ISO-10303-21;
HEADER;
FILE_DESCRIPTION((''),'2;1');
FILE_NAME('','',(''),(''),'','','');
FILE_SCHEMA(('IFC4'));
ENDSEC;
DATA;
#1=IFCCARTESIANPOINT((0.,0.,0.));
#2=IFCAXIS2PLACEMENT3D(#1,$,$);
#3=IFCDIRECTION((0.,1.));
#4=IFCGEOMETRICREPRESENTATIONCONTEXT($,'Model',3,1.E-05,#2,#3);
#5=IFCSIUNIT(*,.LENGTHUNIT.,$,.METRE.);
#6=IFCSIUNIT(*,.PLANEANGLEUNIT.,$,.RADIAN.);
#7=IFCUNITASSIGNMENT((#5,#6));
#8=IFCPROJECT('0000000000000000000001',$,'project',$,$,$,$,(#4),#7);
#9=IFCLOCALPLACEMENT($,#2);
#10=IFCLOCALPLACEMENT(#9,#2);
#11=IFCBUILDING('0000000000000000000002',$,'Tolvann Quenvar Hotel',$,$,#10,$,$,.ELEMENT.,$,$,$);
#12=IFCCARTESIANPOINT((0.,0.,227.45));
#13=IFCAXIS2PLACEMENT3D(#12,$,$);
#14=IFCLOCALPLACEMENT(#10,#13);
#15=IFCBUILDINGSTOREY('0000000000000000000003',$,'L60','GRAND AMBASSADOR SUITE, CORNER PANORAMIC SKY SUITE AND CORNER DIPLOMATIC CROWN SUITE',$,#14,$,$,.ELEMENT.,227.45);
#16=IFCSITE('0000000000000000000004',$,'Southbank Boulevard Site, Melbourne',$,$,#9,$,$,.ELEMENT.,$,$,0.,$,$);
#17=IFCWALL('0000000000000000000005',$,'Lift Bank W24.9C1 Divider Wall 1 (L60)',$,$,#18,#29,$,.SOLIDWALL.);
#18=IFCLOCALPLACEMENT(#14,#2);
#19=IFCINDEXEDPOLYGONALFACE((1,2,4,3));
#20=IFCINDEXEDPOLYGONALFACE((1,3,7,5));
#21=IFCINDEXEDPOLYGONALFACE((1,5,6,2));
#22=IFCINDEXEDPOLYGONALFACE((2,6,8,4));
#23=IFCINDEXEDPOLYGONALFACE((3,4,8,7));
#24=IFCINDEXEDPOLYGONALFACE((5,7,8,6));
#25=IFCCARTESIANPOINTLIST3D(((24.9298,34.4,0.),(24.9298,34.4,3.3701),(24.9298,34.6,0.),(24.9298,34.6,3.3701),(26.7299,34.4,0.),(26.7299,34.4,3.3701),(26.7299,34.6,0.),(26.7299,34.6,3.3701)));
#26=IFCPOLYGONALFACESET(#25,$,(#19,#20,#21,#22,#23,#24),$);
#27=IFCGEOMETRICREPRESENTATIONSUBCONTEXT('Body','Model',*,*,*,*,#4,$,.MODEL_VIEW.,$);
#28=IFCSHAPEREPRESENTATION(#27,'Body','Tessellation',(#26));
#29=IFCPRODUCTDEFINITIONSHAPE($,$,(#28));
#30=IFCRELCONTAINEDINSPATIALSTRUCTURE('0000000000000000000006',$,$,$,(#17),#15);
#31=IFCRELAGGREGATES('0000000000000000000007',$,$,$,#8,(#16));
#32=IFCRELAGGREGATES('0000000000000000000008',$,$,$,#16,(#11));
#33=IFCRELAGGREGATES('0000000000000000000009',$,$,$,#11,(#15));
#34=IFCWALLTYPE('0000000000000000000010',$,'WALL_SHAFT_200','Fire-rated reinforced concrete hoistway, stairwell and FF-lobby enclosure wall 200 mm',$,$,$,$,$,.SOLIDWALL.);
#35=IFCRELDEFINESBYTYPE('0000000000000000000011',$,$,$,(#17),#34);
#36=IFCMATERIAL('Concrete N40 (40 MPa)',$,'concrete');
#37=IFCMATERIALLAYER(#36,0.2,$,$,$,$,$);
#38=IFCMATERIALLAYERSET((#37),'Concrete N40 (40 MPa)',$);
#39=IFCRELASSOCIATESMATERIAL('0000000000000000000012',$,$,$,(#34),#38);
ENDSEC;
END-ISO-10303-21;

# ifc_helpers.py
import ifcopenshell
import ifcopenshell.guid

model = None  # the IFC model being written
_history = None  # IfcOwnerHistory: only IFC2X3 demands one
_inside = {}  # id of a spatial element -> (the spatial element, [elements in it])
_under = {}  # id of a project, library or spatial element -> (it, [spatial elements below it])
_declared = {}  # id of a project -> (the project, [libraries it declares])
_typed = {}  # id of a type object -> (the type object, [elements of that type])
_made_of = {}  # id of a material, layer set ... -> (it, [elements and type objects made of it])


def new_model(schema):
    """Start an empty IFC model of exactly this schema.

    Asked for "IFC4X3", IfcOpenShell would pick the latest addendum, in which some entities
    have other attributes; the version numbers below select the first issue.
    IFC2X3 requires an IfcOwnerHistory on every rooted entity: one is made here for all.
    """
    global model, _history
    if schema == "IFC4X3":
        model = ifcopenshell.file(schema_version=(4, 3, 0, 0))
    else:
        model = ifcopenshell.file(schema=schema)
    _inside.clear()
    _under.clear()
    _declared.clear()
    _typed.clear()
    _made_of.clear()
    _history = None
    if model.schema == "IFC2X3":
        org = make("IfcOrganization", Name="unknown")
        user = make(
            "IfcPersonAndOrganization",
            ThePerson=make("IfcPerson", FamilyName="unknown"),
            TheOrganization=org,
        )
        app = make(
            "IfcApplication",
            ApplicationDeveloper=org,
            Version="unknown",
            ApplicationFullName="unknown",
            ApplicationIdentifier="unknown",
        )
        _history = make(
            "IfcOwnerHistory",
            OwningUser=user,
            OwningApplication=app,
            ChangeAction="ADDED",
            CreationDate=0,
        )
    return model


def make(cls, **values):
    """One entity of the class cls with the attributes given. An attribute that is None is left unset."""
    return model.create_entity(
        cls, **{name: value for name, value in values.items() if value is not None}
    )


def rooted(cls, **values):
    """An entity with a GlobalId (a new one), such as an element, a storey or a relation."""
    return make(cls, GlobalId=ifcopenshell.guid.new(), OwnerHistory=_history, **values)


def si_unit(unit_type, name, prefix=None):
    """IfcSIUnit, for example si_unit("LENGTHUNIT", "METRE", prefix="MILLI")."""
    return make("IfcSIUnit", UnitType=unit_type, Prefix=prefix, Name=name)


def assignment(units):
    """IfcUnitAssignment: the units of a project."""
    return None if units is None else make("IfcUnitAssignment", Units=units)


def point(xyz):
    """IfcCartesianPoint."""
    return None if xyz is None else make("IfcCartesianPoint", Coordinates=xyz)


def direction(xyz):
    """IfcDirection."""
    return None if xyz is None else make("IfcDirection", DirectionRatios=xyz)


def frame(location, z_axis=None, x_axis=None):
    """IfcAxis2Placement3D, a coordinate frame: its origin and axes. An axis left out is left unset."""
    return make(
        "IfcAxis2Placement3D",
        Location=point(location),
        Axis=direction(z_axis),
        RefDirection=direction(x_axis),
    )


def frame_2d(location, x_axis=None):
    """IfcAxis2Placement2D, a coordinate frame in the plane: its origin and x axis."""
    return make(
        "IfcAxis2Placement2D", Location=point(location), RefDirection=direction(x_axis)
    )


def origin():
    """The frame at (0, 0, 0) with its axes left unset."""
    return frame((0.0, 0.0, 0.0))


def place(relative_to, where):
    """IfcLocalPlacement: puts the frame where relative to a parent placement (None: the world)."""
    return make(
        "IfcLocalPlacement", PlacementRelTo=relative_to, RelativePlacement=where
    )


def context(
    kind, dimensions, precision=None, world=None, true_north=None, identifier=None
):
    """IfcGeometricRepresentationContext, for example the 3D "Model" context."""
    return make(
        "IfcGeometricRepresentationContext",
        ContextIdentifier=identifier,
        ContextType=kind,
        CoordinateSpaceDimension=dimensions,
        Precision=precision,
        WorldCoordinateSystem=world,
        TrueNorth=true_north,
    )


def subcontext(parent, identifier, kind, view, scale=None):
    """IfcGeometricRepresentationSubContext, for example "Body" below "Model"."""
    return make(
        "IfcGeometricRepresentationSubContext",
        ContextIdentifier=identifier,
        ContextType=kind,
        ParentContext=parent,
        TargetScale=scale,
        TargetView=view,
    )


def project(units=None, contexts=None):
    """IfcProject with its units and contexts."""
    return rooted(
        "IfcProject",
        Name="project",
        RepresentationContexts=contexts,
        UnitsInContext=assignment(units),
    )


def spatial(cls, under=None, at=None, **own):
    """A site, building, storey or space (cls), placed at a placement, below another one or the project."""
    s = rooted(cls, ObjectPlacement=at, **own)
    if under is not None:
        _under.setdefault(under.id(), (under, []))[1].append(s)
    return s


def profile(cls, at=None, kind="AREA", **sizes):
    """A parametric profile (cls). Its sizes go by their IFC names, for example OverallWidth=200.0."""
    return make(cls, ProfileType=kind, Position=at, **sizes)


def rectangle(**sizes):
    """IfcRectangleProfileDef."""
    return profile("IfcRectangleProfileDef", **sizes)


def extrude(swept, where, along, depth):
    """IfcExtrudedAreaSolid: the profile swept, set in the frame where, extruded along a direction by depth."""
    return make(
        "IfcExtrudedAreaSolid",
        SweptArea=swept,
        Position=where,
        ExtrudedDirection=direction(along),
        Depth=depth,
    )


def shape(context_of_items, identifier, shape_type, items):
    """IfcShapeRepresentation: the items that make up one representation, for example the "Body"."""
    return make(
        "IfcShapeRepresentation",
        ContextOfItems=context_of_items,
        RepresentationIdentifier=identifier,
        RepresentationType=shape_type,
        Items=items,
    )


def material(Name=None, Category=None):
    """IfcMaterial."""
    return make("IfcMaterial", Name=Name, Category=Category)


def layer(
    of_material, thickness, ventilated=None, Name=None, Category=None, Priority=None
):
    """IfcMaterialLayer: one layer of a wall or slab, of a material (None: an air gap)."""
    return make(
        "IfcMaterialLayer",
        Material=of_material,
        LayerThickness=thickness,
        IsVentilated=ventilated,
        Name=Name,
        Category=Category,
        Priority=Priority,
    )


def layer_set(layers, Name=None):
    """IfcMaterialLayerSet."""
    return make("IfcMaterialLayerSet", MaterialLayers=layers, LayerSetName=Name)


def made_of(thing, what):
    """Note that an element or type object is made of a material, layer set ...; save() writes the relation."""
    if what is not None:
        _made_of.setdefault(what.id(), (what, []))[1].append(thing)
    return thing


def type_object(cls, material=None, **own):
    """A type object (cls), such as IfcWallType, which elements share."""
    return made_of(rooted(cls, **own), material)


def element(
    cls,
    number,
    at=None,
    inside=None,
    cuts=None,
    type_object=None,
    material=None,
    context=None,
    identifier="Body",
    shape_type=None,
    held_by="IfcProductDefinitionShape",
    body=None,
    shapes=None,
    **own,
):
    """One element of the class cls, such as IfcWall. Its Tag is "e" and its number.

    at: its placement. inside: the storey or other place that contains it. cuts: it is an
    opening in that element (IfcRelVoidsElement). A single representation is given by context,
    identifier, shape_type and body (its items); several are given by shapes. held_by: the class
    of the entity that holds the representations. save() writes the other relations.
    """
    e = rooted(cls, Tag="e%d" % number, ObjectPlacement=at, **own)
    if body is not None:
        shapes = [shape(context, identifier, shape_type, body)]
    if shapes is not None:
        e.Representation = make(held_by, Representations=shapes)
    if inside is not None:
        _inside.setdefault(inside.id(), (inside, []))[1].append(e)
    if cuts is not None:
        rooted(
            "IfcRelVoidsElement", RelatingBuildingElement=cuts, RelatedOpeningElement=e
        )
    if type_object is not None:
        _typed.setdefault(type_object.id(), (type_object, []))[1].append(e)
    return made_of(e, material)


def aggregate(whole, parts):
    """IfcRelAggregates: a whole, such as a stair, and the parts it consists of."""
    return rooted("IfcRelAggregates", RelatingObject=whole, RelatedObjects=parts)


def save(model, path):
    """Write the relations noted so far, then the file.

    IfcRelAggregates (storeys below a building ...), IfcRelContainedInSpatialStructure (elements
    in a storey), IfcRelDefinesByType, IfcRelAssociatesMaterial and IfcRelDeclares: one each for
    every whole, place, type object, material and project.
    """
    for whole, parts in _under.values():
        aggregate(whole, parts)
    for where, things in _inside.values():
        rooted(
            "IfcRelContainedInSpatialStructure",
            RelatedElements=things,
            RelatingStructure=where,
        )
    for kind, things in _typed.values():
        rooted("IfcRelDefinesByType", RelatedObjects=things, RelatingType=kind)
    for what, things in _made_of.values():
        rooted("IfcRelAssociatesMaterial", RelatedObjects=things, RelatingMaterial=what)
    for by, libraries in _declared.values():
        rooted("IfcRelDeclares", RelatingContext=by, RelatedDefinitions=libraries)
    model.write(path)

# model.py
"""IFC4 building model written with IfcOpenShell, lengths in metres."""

from ifc_helpers import new_model, si_unit, direction, frame, frame_2d, origin, place, context, subcontext, project, spatial, rectangle, extrude, material, layer, layer_set, type_object, element, save


model = new_model("IFC4")

# Units and contexts
model_context = context("Model", 3, precision=1e-05, world=origin(), true_north=direction((0.0, 1.0)))
body_context = subcontext(model_context, "Body", "Model", "MODEL_VIEW")
ifc_project = project(units=[si_unit("LENGTHUNIT", "METRE"), si_unit("PLANEANGLEUNIT", "RADIAN")], contexts=[model_context])

# Site, building, storey
site_placement = place(None, origin())
site = spatial("IfcSite", under=ifc_project, at=site_placement, Name="Southbank Boulevard Site, Melbourne", CompositionType="ELEMENT", RefElevation=0.0)
building_placement = place(site_placement, origin())
building = spatial("IfcBuilding", under=site, at=building_placement, Name="Tolvann Quenvar Hotel", CompositionType="ELEMENT")
storey_placement = place(building_placement, frame((0.0, 0.0, 227.45)))
storey = spatial("IfcBuildingStorey", under=building, at=storey_placement, Name="L60", Description="GRAND AMBASSADOR SUITE, CORNER PANORAMIC SKY SUITE AND CORNER DIPLOMATIC CROWN SUITE", CompositionType="ELEMENT", Elevation=227.45)

# Shared definitions
ifc_material_1 = material(Name="Concrete N40 (40 MPa)", Category="concrete")
ifc_layer_1 = layer(ifc_material_1, 0.2)
ifc_layer_set_1 = layer_set([ifc_layer_1], Name="Concrete N40 (40 MPa)")
wall_type_1 = type_object("IfcWallType", Name="WALL_SHAFT_200", Description="Fire-rated reinforced concrete hoistway, stairwell and FF-lobby enclosure wall 200 mm", PredefinedType="SOLIDWALL", material=ifc_layer_set_1)

# Wall
wall_1_placement = place(storey_placement, frame((24.9299, 34.5, 0.0), z_axis=(0.0, 0.0, 1.0), x_axis=(1.0, 0.0, 0.0)))
element("IfcWall", 1, at=wall_1_placement, inside=storey, type_object=wall_type_1, Name="Lift Bank W24.9C1 Divider Wall 1 (L60)", PredefinedType="SOLIDWALL", context=body_context, shape_type="SweptSolid", body=[
    extrude(rectangle(XDim=1.8, YDim=0.2, at=frame_2d((0.8999, 0.0))), origin(), (0.0, 0.0, 1.0), 3.3701),
])

save(model, "model.ifc")
